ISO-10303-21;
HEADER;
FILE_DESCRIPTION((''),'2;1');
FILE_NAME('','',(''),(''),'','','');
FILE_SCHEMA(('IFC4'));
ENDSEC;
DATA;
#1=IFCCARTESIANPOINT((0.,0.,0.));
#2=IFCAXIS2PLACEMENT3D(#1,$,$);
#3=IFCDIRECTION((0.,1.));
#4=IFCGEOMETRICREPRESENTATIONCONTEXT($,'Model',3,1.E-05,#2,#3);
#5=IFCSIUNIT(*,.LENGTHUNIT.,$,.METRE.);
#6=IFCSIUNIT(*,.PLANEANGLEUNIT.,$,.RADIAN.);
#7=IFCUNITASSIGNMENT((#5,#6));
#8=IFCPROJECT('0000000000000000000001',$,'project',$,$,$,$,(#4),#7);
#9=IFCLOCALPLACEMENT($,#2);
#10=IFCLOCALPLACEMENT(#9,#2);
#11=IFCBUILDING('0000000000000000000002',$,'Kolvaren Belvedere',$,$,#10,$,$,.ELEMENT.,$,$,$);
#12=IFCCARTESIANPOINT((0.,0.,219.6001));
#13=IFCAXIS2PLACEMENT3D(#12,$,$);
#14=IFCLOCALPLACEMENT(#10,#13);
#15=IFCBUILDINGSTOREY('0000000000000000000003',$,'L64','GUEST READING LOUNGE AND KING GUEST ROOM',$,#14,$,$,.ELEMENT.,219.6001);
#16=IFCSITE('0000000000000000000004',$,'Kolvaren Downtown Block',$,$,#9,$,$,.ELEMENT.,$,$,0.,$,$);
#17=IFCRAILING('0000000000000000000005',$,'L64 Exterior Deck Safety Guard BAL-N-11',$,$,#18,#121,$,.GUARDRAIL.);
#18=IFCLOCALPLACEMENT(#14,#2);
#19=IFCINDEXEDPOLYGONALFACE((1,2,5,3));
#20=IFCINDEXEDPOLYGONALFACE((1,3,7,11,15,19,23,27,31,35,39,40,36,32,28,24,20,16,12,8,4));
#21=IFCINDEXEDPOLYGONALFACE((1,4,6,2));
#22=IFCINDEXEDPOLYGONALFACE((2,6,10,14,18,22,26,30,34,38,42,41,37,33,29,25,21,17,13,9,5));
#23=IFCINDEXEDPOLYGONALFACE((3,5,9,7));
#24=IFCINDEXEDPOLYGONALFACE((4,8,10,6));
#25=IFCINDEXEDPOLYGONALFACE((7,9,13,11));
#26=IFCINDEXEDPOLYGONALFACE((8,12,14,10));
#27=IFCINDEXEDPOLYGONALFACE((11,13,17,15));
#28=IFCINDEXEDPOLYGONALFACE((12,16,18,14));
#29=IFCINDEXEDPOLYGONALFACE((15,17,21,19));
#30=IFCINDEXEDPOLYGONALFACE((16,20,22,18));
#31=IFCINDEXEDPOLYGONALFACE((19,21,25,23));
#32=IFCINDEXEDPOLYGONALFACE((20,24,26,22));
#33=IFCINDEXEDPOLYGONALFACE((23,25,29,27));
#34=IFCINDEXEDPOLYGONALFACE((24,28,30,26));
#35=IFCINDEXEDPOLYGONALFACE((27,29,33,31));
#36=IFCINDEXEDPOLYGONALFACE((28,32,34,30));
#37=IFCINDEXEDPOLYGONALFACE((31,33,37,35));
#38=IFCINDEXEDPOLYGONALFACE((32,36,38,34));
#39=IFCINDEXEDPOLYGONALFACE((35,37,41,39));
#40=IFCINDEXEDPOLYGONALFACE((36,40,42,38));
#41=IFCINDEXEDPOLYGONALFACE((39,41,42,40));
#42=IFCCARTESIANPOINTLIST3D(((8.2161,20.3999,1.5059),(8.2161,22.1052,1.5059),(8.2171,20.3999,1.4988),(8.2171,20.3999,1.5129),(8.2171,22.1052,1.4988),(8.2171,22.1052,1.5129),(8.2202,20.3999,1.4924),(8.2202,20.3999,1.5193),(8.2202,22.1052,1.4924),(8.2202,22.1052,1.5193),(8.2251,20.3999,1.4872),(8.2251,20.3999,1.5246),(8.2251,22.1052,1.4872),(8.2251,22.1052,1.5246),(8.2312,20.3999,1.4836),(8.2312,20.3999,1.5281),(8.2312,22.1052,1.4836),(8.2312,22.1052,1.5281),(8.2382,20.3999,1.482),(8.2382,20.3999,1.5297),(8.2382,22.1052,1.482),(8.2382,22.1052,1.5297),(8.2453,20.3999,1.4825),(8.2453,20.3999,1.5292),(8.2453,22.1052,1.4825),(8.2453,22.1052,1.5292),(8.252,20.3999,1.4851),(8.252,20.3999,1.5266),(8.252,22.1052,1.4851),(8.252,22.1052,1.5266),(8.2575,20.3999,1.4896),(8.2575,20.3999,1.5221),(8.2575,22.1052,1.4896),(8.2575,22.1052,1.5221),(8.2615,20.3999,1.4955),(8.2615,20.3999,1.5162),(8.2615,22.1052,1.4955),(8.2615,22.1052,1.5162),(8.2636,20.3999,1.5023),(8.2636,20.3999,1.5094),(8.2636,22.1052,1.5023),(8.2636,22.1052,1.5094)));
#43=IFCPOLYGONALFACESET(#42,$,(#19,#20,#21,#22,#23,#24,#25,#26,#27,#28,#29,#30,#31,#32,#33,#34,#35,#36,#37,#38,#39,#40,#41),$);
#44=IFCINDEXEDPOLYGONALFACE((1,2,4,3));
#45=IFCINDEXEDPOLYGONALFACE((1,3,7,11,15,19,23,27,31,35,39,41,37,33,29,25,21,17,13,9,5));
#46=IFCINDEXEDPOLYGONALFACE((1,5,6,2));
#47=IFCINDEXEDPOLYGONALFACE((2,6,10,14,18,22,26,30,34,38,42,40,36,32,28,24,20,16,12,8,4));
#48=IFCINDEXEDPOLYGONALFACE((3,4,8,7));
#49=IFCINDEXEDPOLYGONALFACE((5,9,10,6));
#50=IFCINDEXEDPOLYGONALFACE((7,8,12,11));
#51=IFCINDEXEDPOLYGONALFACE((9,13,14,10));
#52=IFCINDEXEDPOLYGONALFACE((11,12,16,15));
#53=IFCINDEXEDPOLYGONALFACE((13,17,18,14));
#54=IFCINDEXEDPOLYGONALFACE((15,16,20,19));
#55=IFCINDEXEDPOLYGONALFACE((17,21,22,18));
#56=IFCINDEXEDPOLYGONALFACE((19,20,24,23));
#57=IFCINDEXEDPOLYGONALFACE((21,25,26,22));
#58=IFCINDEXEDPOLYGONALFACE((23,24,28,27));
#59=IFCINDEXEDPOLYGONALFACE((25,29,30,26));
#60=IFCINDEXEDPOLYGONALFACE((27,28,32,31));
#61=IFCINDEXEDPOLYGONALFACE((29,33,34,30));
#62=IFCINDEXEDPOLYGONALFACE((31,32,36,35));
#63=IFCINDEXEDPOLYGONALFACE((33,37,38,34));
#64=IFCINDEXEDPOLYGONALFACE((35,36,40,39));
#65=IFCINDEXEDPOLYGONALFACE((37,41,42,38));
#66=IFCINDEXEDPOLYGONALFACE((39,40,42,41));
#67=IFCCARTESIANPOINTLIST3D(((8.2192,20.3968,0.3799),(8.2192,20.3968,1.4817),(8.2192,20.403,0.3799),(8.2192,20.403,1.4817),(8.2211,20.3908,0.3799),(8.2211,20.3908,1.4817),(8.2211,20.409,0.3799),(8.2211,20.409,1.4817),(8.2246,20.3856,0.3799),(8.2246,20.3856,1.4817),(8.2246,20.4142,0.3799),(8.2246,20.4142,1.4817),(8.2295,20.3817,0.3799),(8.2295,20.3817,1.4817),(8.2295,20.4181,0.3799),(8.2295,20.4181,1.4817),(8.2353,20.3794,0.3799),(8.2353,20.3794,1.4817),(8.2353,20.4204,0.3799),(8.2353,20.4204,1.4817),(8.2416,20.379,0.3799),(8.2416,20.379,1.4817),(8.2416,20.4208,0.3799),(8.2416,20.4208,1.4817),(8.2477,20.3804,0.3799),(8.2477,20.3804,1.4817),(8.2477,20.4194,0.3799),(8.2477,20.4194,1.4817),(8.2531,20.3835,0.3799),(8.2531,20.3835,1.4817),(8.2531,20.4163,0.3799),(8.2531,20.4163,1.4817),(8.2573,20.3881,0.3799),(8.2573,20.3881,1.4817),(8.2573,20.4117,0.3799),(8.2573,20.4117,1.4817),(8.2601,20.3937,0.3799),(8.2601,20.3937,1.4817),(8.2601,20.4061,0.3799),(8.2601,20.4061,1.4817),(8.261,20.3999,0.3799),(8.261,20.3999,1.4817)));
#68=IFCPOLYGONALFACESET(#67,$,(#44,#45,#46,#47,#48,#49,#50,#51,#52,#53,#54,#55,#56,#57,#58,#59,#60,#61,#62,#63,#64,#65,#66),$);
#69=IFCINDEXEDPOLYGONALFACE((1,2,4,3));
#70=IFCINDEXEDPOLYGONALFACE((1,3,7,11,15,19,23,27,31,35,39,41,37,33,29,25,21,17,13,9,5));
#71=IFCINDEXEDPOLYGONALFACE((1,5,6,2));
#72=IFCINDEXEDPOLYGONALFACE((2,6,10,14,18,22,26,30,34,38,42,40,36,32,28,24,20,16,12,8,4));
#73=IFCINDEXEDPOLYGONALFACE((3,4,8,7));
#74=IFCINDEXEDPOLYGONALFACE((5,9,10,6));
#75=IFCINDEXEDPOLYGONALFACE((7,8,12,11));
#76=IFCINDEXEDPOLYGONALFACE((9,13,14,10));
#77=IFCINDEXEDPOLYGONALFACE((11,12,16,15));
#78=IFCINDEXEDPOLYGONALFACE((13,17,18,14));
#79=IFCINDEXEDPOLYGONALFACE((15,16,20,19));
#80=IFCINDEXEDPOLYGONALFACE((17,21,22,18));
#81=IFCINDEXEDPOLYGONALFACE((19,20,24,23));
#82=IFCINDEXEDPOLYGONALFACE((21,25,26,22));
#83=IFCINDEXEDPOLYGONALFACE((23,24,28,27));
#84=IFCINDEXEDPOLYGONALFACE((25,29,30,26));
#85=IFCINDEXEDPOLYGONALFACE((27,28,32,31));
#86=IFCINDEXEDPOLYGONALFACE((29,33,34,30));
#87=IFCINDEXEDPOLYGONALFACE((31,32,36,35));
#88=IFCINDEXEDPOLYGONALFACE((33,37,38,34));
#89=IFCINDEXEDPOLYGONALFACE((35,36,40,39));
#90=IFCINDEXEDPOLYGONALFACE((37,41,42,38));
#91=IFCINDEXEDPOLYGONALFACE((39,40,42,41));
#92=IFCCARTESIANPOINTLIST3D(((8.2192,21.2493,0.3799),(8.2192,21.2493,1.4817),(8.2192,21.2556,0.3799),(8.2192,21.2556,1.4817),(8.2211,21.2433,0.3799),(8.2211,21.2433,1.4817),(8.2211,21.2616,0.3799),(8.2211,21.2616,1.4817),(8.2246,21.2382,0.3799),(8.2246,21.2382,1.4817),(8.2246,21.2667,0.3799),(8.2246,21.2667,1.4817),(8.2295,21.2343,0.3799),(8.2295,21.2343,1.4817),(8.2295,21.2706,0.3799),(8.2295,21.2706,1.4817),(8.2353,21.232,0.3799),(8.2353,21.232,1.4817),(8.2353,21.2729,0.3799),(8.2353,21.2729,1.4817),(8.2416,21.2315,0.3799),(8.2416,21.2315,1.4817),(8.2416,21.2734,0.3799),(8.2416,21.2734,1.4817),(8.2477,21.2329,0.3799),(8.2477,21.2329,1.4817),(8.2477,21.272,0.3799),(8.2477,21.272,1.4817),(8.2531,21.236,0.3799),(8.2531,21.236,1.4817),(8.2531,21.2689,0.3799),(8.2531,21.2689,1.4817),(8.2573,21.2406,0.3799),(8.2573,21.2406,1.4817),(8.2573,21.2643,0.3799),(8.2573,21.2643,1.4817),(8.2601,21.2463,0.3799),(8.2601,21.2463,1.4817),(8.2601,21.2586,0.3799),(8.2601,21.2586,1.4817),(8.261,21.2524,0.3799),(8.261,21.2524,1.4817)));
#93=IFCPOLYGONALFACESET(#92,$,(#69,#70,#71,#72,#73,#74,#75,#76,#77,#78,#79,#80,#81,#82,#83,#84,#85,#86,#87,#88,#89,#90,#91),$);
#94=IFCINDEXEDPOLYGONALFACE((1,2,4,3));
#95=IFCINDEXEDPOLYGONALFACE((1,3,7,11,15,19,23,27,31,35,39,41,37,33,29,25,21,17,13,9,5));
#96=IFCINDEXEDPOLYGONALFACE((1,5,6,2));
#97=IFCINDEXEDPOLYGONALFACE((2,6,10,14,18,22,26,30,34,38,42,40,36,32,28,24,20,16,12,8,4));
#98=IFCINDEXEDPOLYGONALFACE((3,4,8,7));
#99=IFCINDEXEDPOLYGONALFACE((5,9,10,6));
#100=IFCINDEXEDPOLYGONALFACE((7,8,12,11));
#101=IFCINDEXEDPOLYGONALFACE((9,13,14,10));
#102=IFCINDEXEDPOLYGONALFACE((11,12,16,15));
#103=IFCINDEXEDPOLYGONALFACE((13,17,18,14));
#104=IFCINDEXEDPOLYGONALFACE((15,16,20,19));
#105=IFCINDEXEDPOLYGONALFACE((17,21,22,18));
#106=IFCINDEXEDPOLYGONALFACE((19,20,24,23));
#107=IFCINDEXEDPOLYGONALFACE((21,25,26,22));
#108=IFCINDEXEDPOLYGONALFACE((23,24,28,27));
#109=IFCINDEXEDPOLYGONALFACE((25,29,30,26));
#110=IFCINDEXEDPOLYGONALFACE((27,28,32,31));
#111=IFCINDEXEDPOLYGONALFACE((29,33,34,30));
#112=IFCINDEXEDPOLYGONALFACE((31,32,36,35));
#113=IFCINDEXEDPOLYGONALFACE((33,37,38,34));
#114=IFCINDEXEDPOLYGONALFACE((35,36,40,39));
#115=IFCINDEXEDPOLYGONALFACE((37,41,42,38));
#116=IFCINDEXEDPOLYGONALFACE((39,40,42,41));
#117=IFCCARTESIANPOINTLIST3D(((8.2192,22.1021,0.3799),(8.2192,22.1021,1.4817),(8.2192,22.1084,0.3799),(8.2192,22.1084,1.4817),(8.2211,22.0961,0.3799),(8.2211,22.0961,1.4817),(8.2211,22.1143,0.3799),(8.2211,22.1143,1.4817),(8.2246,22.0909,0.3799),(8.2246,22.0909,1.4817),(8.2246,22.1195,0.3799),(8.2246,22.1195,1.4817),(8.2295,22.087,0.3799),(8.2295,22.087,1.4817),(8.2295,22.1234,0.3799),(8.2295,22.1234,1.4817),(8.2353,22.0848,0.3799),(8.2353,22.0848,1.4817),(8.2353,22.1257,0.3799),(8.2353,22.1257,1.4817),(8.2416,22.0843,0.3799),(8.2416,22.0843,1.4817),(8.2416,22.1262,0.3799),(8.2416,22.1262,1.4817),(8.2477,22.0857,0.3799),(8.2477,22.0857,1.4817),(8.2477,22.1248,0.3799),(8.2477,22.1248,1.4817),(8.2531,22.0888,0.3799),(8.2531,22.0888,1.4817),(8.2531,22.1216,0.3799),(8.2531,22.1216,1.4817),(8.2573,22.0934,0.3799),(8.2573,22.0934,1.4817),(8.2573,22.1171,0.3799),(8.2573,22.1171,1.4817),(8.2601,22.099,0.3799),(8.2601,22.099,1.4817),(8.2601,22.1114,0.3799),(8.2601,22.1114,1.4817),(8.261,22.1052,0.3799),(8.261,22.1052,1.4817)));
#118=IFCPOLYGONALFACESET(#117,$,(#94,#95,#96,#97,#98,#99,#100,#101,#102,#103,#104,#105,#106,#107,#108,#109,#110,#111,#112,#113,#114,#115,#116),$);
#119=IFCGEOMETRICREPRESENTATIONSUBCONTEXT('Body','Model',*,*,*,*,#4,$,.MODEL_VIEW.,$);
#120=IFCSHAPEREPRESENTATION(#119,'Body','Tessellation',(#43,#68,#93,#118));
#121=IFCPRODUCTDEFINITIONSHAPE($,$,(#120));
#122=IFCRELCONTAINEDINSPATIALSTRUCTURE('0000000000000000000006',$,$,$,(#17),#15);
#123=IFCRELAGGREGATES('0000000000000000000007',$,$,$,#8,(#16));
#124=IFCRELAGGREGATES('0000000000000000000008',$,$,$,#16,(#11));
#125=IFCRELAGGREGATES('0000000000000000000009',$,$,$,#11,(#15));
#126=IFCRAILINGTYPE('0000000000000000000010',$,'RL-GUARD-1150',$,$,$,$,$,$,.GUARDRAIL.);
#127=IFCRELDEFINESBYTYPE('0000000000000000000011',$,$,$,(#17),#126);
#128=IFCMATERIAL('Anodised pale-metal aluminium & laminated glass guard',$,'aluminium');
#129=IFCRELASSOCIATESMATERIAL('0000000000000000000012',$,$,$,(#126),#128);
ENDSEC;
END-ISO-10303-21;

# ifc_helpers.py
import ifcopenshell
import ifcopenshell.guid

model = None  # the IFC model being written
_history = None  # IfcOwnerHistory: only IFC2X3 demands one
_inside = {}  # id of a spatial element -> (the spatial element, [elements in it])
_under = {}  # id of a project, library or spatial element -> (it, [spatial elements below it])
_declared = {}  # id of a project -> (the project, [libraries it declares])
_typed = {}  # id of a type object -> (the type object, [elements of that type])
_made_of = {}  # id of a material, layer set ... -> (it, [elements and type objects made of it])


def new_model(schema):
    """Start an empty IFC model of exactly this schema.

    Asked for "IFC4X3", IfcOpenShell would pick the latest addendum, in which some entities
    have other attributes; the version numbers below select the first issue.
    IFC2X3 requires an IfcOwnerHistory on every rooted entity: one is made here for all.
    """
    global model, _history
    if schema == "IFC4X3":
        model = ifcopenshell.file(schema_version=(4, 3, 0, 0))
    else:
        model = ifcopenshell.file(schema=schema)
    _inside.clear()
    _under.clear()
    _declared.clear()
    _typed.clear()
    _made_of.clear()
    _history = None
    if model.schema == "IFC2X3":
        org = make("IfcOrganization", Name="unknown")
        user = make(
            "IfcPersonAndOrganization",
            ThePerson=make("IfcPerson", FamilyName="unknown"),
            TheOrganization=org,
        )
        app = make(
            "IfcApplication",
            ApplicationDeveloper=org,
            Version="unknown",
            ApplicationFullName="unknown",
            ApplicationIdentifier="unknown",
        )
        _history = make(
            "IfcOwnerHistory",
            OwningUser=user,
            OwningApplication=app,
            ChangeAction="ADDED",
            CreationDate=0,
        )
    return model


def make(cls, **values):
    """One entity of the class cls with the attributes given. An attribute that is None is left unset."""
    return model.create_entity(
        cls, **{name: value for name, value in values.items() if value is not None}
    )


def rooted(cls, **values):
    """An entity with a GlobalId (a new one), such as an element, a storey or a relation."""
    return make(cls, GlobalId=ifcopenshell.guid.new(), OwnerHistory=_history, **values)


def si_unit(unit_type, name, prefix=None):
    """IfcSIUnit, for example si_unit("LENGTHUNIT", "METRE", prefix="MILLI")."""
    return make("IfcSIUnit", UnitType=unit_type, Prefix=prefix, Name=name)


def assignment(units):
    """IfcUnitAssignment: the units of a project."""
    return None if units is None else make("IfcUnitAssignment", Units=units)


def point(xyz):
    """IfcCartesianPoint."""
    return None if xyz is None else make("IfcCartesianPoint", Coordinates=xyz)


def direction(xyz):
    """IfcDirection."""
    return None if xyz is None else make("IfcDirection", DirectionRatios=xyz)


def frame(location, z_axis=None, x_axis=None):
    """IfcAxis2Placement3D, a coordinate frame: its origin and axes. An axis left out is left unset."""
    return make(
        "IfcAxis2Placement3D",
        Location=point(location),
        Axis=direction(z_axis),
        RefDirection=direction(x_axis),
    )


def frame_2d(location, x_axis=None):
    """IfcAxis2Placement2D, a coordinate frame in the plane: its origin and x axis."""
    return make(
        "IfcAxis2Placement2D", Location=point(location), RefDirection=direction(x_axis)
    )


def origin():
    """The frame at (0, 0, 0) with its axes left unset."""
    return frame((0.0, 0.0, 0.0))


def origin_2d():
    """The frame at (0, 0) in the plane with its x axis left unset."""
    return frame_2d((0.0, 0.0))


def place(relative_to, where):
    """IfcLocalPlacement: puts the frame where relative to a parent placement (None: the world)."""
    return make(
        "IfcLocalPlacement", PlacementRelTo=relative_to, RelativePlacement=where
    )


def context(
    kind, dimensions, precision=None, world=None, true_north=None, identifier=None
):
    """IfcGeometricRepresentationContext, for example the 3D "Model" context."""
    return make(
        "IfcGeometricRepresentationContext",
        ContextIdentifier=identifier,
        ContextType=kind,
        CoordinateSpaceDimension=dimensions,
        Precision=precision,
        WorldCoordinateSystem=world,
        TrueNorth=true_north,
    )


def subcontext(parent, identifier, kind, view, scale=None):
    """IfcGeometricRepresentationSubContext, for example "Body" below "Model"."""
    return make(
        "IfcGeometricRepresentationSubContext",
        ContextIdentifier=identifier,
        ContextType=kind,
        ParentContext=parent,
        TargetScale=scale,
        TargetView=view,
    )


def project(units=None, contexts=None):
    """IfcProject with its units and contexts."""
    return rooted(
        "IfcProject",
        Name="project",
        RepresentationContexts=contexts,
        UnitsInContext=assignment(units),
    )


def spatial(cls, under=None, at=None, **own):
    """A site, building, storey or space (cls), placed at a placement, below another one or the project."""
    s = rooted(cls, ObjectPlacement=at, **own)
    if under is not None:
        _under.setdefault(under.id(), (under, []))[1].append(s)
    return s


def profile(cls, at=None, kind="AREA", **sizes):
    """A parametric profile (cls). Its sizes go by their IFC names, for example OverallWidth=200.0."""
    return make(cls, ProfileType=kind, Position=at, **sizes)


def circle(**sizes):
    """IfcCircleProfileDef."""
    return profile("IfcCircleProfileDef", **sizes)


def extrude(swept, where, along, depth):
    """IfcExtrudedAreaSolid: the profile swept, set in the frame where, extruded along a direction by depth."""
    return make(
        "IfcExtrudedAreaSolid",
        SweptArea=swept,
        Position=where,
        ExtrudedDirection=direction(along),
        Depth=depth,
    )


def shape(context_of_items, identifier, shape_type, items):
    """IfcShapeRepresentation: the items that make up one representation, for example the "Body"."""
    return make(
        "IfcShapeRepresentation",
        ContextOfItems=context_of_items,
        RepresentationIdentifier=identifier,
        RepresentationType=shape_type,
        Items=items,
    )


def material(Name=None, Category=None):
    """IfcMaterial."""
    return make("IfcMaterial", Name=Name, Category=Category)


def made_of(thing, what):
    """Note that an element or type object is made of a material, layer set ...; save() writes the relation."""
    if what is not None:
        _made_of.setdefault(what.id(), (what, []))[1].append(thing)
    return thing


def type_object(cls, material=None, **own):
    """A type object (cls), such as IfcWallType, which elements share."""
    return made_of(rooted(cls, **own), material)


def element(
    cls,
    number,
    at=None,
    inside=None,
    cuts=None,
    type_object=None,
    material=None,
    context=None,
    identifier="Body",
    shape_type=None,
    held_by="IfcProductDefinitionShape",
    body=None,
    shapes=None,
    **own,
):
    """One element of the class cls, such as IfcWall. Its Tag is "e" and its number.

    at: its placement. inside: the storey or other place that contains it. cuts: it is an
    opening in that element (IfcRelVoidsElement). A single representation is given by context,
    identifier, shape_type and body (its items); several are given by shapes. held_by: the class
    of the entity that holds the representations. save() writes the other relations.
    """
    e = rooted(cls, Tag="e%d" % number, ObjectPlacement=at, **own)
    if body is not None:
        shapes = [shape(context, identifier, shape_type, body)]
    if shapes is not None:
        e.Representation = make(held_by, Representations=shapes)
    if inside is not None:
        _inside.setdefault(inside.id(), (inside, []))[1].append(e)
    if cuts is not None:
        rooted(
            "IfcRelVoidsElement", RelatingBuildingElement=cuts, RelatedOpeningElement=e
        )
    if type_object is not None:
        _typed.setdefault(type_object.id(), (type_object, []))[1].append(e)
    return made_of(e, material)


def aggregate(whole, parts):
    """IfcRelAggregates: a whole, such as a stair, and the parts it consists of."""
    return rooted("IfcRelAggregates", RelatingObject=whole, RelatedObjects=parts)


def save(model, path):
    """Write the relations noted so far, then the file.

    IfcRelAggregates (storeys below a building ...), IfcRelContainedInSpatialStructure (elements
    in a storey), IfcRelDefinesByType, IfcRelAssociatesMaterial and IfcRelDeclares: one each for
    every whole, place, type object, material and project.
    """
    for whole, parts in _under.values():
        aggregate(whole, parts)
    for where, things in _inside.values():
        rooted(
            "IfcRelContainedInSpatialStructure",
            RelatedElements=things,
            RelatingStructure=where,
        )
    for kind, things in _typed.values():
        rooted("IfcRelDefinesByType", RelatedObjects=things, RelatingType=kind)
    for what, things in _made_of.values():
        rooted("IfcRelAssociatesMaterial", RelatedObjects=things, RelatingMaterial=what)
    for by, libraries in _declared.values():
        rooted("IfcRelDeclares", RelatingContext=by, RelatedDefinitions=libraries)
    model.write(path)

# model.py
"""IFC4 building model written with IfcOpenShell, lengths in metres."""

from ifc_helpers import new_model, si_unit, direction, frame, origin, origin_2d, place, context, subcontext, project, spatial, circle, extrude, material, type_object, element, save


model = new_model("IFC4")

# Units and contexts
model_context = context("Model", 3, precision=1e-05, world=origin(), true_north=direction((0.0, 1.0)))
body_context = subcontext(model_context, "Body", "Model", "MODEL_VIEW")
ifc_project = project(units=[si_unit("LENGTHUNIT", "METRE"), si_unit("PLANEANGLEUNIT", "RADIAN")], contexts=[model_context])

# Site, building, storey
site_placement = place(None, origin())
site = spatial("IfcSite", under=ifc_project, at=site_placement, Name="Kolvaren Downtown Block", CompositionType="ELEMENT", RefElevation=0.0)
building_placement = place(site_placement, origin())
building = spatial("IfcBuilding", under=site, at=building_placement, Name="Kolvaren Belvedere", CompositionType="ELEMENT")
storey_placement = place(building_placement, frame((0.0, 0.0, 219.6001)))
storey = spatial("IfcBuildingStorey", under=building, at=storey_placement, Name="L64", Description="GUEST READING LOUNGE AND KING GUEST ROOM", CompositionType="ELEMENT", Elevation=219.6001)

# Railing
ifc_material_1 = material(Name="Anodised pale-metal aluminium & laminated glass guard", Category="aluminium")
railing_type = type_object("IfcRailingType", Name="RL-GUARD-1150", PredefinedType="GUARDRAIL", material=ifc_material_1)
railing_1_placement = place(storey_placement, frame((8.24, 20.3999, 0.3799)))
element("IfcRailing", 1, at=railing_1_placement, inside=storey, type_object=railing_type, Name="L64 Exterior Deck Safety Guard BAL-N-11", PredefinedType="GUARDRAIL", context=body_context, shape_type="SweptSolid", body=[
    extrude(circle(Radius=0.0239, at=origin_2d()), frame((0.0, 0.0, 1.126), z_axis=(0.0, 1.0, 0.0), x_axis=(-1.0, 0.0, 0.0)), (0.0, 0.0, 1.0), 1.7053),
    extrude(circle(Radius=0.021, at=origin_2d()), origin(), (0.0, 0.0, 1.0), 1.1018),
    extrude(circle(Radius=0.021, at=origin_2d()), frame((0.0, 0.8525, 0.0)), (0.0, 0.0, 1.0), 1.1018),
    extrude(circle(Radius=0.021, at=origin_2d()), frame((0.0, 1.7053, 0.0)), (0.0, 0.0, 1.0), 1.1018),
])

save(model, "model.ifc")
